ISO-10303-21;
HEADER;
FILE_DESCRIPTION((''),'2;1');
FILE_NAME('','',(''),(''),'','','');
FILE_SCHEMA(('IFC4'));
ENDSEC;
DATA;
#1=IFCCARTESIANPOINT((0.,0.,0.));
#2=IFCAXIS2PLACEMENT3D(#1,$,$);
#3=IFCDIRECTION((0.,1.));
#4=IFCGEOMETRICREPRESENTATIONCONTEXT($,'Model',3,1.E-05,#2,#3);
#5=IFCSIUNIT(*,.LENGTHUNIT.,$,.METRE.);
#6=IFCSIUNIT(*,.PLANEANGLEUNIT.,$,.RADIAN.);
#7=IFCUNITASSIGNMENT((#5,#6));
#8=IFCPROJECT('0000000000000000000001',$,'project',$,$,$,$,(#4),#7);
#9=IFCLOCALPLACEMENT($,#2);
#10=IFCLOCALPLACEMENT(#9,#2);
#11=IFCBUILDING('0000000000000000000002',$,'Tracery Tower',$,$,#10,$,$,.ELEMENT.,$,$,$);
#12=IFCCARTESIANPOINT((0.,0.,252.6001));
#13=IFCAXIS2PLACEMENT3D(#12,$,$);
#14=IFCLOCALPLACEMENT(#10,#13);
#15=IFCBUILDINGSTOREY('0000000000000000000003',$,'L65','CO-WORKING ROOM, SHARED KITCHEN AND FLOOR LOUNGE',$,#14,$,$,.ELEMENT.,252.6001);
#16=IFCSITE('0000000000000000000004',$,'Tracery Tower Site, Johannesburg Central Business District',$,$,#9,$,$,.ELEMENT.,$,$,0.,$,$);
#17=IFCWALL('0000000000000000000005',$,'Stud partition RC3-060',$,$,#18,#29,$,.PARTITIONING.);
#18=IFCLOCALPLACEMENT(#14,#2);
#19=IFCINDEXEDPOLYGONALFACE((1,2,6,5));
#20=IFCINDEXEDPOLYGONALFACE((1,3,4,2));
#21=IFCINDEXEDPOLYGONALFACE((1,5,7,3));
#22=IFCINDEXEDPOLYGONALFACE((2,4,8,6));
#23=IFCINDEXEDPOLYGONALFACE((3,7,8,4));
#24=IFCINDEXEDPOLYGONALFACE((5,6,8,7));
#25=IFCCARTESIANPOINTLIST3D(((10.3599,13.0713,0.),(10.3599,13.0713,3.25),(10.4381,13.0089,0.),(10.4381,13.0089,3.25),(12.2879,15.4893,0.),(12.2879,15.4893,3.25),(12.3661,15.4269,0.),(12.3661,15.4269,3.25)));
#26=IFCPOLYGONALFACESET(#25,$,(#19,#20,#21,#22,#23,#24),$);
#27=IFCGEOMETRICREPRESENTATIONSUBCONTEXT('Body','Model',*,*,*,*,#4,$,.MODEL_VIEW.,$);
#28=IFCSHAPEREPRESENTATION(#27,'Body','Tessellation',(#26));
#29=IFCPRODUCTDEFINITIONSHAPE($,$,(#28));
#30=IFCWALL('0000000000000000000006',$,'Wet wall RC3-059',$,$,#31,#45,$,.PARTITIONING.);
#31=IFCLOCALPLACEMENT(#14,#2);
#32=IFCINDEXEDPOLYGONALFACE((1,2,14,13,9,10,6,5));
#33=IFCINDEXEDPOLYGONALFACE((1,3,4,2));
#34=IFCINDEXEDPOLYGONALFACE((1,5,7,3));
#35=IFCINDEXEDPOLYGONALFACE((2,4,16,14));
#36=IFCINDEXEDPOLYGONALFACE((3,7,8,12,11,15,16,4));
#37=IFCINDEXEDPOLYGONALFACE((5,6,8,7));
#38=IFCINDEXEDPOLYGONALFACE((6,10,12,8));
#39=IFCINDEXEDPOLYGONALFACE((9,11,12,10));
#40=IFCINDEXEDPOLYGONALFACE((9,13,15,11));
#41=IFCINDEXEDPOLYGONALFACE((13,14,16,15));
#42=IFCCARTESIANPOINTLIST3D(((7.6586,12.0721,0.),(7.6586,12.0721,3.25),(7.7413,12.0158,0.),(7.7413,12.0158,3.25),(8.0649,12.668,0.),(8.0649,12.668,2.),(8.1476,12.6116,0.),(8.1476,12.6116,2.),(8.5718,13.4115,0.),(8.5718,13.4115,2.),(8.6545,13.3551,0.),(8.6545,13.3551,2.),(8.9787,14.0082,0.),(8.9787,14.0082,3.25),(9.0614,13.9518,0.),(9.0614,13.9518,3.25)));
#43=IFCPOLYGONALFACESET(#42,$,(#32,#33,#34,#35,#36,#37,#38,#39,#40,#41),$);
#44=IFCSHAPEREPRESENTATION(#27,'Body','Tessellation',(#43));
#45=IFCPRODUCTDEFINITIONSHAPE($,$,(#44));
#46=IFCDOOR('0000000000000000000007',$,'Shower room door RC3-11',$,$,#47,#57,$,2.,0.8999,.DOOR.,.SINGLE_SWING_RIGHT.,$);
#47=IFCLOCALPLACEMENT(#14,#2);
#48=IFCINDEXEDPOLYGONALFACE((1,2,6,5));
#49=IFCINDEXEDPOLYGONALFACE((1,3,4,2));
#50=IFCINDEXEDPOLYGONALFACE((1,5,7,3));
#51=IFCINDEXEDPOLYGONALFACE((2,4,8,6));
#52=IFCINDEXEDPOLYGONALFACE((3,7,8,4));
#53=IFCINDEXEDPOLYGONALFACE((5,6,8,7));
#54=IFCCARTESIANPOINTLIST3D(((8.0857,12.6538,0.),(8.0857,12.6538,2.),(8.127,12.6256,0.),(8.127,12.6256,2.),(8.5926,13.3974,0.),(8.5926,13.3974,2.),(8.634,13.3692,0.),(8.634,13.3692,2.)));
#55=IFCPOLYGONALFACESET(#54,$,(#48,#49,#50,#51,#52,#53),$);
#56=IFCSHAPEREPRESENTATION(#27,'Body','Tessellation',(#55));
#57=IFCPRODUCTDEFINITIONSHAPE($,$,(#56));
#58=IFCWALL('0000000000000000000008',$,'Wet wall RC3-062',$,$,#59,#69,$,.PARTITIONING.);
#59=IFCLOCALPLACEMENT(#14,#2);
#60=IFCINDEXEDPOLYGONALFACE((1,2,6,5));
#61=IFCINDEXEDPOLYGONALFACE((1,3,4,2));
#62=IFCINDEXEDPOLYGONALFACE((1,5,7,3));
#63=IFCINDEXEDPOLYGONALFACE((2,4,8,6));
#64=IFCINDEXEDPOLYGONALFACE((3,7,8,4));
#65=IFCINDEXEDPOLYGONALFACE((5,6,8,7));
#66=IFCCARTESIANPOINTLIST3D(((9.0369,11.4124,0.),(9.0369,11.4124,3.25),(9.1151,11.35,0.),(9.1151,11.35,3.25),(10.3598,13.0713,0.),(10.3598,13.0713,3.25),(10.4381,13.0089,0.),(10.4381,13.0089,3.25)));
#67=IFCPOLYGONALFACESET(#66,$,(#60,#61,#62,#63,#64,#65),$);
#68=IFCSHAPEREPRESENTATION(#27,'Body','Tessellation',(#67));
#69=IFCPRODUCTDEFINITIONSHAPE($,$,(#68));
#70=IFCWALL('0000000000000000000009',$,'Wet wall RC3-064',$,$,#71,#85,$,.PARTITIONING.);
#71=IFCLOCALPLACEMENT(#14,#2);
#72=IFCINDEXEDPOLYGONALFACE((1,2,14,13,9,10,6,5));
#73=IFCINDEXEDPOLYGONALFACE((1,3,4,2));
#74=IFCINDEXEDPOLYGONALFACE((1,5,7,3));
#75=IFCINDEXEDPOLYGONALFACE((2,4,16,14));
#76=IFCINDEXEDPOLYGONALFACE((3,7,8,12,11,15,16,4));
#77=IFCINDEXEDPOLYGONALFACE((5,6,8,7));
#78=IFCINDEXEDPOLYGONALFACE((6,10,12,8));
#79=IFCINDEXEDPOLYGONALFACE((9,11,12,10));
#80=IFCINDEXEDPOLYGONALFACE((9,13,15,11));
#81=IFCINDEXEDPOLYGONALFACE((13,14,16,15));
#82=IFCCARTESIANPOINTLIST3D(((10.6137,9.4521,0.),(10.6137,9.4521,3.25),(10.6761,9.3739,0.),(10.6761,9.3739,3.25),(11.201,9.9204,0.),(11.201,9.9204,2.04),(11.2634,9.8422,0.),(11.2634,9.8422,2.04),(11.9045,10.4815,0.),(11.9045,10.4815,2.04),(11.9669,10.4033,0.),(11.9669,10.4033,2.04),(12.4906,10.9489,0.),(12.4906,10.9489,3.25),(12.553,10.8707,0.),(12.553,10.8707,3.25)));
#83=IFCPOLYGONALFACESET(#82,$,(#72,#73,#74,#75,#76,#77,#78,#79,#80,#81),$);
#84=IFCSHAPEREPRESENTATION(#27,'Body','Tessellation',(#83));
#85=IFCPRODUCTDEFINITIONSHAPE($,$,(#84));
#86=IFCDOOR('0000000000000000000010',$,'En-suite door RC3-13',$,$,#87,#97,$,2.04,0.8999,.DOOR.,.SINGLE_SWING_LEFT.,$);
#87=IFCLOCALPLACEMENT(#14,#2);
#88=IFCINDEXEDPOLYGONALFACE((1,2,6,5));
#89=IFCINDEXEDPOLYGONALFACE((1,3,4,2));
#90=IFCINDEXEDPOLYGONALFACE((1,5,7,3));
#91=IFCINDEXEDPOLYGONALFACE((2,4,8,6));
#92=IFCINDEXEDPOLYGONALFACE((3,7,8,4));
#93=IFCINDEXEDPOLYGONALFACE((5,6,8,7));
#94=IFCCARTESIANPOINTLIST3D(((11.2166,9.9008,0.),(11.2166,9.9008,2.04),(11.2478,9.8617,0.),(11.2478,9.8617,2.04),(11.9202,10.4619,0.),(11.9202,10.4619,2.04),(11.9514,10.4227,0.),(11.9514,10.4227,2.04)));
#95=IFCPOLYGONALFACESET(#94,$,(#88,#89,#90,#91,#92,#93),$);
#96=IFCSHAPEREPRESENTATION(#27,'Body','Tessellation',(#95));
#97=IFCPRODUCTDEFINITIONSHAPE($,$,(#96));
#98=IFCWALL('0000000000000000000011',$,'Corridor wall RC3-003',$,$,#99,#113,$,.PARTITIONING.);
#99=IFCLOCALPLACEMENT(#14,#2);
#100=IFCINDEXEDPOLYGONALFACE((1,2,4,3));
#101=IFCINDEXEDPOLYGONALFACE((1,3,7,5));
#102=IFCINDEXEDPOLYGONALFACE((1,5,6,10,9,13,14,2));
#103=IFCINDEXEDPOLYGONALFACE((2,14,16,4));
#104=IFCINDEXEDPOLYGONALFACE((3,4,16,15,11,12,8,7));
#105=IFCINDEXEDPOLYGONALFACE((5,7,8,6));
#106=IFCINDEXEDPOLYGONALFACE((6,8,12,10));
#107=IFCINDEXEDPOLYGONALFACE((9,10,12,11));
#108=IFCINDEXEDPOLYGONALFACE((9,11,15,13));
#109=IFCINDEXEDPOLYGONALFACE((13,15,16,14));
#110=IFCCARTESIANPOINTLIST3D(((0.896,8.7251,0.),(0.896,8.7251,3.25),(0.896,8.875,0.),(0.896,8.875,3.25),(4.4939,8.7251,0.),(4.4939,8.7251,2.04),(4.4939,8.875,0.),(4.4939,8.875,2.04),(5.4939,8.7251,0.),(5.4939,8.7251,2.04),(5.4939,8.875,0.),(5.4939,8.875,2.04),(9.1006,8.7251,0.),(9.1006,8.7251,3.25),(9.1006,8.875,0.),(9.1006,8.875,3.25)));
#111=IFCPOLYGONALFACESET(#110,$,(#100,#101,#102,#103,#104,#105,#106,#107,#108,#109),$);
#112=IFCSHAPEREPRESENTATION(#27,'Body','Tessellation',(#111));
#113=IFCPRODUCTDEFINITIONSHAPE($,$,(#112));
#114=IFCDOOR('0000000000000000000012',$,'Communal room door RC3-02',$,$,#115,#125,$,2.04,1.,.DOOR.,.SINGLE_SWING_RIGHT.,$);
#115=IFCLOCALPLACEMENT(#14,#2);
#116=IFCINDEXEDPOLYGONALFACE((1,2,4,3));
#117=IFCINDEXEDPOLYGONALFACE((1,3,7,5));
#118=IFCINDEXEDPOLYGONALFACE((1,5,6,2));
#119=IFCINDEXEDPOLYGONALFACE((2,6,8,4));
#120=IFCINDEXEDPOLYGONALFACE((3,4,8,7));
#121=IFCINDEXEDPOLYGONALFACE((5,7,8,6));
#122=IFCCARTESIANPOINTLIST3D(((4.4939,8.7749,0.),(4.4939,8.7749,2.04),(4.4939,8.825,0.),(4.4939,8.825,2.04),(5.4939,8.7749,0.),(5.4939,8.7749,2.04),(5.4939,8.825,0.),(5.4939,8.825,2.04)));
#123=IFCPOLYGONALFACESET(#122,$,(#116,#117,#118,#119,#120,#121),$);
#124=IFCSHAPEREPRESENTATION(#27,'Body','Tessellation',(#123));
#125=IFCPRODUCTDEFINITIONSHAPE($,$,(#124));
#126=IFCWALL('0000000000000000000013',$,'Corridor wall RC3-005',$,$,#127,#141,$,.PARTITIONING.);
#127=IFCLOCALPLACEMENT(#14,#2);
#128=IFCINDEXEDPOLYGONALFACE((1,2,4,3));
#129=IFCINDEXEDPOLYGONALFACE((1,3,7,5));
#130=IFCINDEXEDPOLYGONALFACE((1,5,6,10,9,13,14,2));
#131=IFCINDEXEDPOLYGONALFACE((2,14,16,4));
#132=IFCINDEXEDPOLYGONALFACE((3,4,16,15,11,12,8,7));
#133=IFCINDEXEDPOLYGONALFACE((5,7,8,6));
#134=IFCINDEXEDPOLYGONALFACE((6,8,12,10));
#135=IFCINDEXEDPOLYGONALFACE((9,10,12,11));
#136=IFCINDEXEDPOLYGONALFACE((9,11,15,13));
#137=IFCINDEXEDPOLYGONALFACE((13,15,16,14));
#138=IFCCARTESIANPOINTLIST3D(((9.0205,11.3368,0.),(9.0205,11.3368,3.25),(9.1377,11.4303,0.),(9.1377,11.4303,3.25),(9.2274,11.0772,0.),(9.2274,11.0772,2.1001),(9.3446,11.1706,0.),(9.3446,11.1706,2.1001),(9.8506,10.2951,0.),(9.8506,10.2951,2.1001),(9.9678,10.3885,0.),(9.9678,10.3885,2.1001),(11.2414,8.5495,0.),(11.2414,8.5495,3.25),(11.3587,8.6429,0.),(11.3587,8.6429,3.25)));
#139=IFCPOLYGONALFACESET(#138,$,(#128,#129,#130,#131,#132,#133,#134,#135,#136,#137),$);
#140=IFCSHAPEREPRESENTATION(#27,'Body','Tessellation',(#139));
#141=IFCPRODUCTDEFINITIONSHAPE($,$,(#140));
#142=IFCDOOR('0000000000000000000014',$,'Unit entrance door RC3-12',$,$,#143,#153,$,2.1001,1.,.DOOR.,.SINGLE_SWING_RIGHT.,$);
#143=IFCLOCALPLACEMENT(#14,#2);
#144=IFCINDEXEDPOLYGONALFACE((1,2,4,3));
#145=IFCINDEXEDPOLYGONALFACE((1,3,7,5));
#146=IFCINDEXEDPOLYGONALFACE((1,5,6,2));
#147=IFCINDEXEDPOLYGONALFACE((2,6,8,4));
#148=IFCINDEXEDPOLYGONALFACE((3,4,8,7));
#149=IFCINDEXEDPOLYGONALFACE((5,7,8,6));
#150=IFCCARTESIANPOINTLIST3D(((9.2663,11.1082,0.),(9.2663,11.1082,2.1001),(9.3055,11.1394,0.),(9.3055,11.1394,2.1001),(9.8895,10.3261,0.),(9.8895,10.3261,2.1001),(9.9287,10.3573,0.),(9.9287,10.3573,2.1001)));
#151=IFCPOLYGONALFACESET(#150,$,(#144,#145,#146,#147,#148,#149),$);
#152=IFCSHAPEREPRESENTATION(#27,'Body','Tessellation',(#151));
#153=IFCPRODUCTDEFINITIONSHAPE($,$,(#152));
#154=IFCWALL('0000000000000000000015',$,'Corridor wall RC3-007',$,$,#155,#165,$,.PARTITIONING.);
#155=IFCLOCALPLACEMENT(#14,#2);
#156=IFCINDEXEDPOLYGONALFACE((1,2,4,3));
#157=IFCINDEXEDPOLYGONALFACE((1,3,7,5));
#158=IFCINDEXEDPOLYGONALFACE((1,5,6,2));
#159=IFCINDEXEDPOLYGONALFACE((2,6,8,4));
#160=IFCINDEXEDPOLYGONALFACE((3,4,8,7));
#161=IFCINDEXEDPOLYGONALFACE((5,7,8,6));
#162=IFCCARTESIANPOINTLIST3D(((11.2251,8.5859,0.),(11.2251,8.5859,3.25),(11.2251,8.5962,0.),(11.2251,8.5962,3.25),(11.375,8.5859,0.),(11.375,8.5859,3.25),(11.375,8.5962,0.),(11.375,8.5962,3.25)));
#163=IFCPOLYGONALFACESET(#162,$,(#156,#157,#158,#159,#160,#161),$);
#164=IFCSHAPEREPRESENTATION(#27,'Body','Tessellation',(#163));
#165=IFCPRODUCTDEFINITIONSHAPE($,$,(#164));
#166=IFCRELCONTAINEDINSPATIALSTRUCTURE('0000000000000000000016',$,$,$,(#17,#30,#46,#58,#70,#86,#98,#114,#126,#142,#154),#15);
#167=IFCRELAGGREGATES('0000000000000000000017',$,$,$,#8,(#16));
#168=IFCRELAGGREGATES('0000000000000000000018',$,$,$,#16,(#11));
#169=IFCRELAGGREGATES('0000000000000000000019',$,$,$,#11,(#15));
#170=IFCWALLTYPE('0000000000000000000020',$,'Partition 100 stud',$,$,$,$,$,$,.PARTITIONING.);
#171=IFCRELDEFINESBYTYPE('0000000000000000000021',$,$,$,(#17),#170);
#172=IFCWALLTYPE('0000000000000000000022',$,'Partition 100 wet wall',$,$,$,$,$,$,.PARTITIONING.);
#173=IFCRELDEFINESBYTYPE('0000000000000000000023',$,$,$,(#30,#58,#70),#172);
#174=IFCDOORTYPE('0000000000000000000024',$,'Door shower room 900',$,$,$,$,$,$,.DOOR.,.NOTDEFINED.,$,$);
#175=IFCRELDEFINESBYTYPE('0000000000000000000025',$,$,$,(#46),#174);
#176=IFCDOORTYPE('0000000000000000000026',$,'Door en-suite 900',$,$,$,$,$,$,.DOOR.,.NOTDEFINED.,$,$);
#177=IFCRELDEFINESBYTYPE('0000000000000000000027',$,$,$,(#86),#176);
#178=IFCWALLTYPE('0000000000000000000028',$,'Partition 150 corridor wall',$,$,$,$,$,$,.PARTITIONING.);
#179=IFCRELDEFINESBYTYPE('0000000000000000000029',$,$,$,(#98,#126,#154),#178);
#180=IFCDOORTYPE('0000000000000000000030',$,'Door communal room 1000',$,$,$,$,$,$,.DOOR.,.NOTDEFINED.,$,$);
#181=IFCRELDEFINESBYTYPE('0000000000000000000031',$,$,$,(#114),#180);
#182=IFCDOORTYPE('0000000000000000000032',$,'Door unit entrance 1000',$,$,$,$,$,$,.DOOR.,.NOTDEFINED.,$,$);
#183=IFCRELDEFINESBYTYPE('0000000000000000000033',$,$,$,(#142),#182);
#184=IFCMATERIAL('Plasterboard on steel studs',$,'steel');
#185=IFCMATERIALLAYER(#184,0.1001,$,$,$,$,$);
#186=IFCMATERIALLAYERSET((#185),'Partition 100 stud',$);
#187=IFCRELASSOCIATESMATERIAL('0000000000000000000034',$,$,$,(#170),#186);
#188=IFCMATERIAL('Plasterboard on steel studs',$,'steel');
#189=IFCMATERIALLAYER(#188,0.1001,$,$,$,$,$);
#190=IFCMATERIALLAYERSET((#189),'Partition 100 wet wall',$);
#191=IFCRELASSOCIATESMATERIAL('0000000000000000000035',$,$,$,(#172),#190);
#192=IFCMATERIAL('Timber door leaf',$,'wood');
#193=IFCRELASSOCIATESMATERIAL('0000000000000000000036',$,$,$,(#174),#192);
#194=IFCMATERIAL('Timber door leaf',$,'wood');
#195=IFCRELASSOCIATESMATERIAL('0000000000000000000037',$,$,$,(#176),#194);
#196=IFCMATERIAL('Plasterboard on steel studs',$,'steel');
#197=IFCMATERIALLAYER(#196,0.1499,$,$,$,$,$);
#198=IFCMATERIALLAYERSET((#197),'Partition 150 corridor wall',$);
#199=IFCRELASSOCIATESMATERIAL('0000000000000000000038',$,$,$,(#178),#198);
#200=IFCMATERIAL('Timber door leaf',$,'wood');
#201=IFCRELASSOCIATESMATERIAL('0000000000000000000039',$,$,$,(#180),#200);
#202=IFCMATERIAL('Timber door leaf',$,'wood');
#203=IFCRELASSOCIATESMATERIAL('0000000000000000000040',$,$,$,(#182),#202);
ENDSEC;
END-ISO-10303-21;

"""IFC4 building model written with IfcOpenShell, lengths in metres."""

from ifc_helpers import new_model, si_unit, direction, frame, frame_2d, origin, place, context, subcontext, project, spatial, rectangle, extrude, material, layer, layer_set, type_object, element, fill, save


model = new_model("IFC4")

# Units and contexts
model_context = context("Model", 3, precision=1e-05, world=origin(), true_north=direction((0.0, 1.0)))
body_context = subcontext(model_context, "Body", "Model", "MODEL_VIEW")
ifc_project = project(units=[si_unit("LENGTHUNIT", "METRE"), si_unit("PLANEANGLEUNIT", "RADIAN")], contexts=[model_context])

# Site, building, storey
site_placement = place(None, origin())
site = spatial("IfcSite", under=ifc_project, at=site_placement, Name="Tracery Tower Site, Johannesburg Central Business District", CompositionType="ELEMENT", RefElevation=0.0)
building_placement = place(site_placement, origin())
building = spatial("IfcBuilding", under=site, at=building_placement, Name="Tracery Tower", CompositionType="ELEMENT")
storey_placement = place(building_placement, frame((0.0, 0.0, 252.6001)))
storey = spatial("IfcBuildingStorey", under=building, at=storey_placement, Name="L65", Description="CO-WORKING ROOM, SHARED KITCHEN AND FLOOR LOUNGE", CompositionType="ELEMENT", Elevation=252.6001)

# Wall
ifc_material_1 = material(Name="Plasterboard on steel studs", Category="steel")
ifc_layer_1 = layer(ifc_material_1, 0.1001)
ifc_layer_set_1 = layer_set([ifc_layer_1], Name="Partition 100 stud")
wall_type_1 = type_object("IfcWallType", Name="Partition 100 stud", PredefinedType="PARTITIONING", material=ifc_layer_set_1)
wall_1_placement = place(storey_placement, frame((10.3989, 13.04, 0.0), z_axis=(0.0, 0.0, 1.0), x_axis=(0.623433, 0.781877, 0.0)))
element("IfcWall", 1, at=wall_1_placement, inside=storey, type_object=wall_type_1, Name="Stud partition RC3-060", PredefinedType="PARTITIONING", context=body_context, shape_type="SweptSolid", body=[
    extrude(rectangle(XDim=3.0925, YDim=0.1001, at=frame_2d((1.5464, 0.0))), origin(), (0.0, 0.0, 1.0), 3.25),
])

# Wall, opening, door
ifc_material_2 = material(Name="Plasterboard on steel studs", Category="steel")
ifc_layer_2 = layer(ifc_material_2, 0.1001)
ifc_layer_set_2 = layer_set([ifc_layer_2], Name="Partition 100 wet wall")
wall_type_2 = type_object("IfcWallType", Name="Partition 100 wet wall", PredefinedType="PARTITIONING", material=ifc_layer_set_2)
wall_2_placement = place(storey_placement, frame((7.7, 12.0439, 0.0), z_axis=(0.0, 0.0, 1.0), x_axis=(0.56335, 0.826219, 0.0)))
wall_2 = element("IfcWall", 2, at=wall_2_placement, inside=storey, type_object=wall_type_2, Name="Wet wall RC3-059", PredefinedType="PARTITIONING", context=body_context, shape_type="SweptSolid", body=[
    extrude(rectangle(XDim=2.3433, YDim=0.1001, at=frame_2d((1.1716, 0.0))), origin(), (0.0, 0.0, 1.0), 3.25),
])
opening_1_placement = place(wall_2_placement, frame((0.7212, 0.0, 0.0)))
opening_1 = element("IfcOpeningElement", 3, at=opening_1_placement, cuts=wall_2, PredefinedType="OPENING", context=body_context, shape_type="SweptSolid", body=[
    extrude(rectangle(XDim=0.8999, YDim=2.0, at=frame_2d((0.45, 1.0))), frame((0.0, 0.05, 0.0), z_axis=(0.0, -1.0, 0.0), x_axis=(1.0, 0.0, 0.0)), (0.0, 0.0, 1.0), 0.1001),
])
ifc_material_3 = material(Name="Timber door leaf", Category="wood")
door_type_1 = type_object("IfcDoorType", Name="Door shower room 900", OperationType="NOTDEFINED", PredefinedType="DOOR", material=ifc_material_3)
door_1_placement = place(opening_1_placement, origin())
door_1 = element("IfcDoor", 4, at=door_1_placement, inside=storey, type_object=door_type_1, Name="Shower room door RC3-11", OperationType="SINGLE_SWING_RIGHT", OverallHeight=2.0, OverallWidth=0.8999, PredefinedType="DOOR", context=body_context, shape_type="SweptSolid", body=[
    extrude(rectangle(XDim=0.8999, YDim=2.0, at=frame_2d((0.45, 1.0))), frame((0.0, 0.0249, 0.0), z_axis=(0.0, -1.0, 0.0), x_axis=(1.0, 0.0, 0.0)), (0.0, 0.0, 1.0), 0.05),
])
fill(opening_1, door_1)

# Wall
wall_3_placement = place(storey_placement, frame((9.0759, 11.3811, 0.0), z_axis=(0.0, 0.0, 1.0), x_axis=(0.623502, 0.781822, 0.0)))
element("IfcWall", 5, at=wall_3_placement, inside=storey, type_object=wall_type_2, Name="Wet wall RC3-062", PredefinedType="PARTITIONING", context=body_context, shape_type="SweptSolid", body=[
    extrude(rectangle(XDim=2.1218, YDim=0.1001, at=frame_2d((1.061, 0.0))), origin(), (0.0, 0.0, 1.0), 3.25),
])

# Walls, openings, doors
wall_4_placement = place(storey_placement, frame((10.645, 9.4131, 0.0), z_axis=(0.0, 0.0, 1.0), x_axis=(0.78183, 0.623491, 0.0)))
wall_4 = element("IfcWall", 6, at=wall_4_placement, inside=storey, type_object=wall_type_2, Name="Wet wall RC3-064", PredefinedType="PARTITIONING", context=body_context, shape_type="SweptSolid", body=[
    extrude(rectangle(XDim=2.4006, YDim=0.1001, at=frame_2d((1.2002, 0.0))), origin(), (0.0, 0.0, 1.0), 3.25),
])
opening_2_placement = place(wall_4_placement, frame((0.751, 0.0, 0.0)))
opening_2 = element("IfcOpeningElement", 7, at=opening_2_placement, cuts=wall_4, PredefinedType="OPENING", context=body_context, shape_type="SweptSolid", body=[
    extrude(rectangle(XDim=0.8999, YDim=2.04, at=frame_2d((0.45, 1.02))), frame((0.0, 0.05, 0.0), z_axis=(0.0, -1.0, 0.0), x_axis=(1.0, 0.0, 0.0)), (0.0, 0.0, 1.0), 0.1001),
])
ifc_material_4 = material(Name="Timber door leaf", Category="wood")
door_type_2 = type_object("IfcDoorType", Name="Door en-suite 900", OperationType="NOTDEFINED", PredefinedType="DOOR", material=ifc_material_4)
door_2_placement = place(opening_2_placement, origin())
door_2 = element("IfcDoor", 8, at=door_2_placement, inside=storey, type_object=door_type_2, Name="En-suite door RC3-13", OperationType="SINGLE_SWING_LEFT", OverallHeight=2.04, OverallWidth=0.8999, PredefinedType="DOOR", context=body_context, shape_type="SweptSolid", body=[
    extrude(rectangle(XDim=0.8999, YDim=2.04, at=frame_2d((0.45, 1.02))), frame((0.0, 0.0249, 0.0), z_axis=(0.0, -1.0, 0.0), x_axis=(1.0, 0.0, 0.0)), (0.0, 0.0, 1.0), 0.05),
])
fill(opening_2, door_2)
ifc_material_5 = material(Name="Plasterboard on steel studs", Category="steel")
ifc_layer_3 = layer(ifc_material_5, 0.1499)
ifc_layer_set_3 = layer_set([ifc_layer_3], Name="Partition 150 corridor wall")
wall_type_3 = type_object("IfcWallType", Name="Partition 150 corridor wall", PredefinedType="PARTITIONING", material=ifc_layer_set_3)
wall_5_placement = place(storey_placement, frame((0.896, 8.8, 0.0), z_axis=(0.0, 0.0, 1.0), x_axis=(1.0, 0.0, 0.0)))
wall_5 = element("IfcWall", 9, at=wall_5_placement, inside=storey, type_object=wall_type_3, Name="Corridor wall RC3-003", PredefinedType="PARTITIONING", context=body_context, shape_type="SweptSolid", body=[
    extrude(rectangle(XDim=8.2046, YDim=0.1499, at=frame_2d((4.1023, 0.0))), origin(), (0.0, 0.0, 1.0), 3.25),
])
opening_3_placement = place(wall_5_placement, frame((3.5979, 0.0, 0.0)))
opening_3 = element("IfcOpeningElement", 10, at=opening_3_placement, cuts=wall_5, PredefinedType="OPENING", context=body_context, shape_type="SweptSolid", body=[
    extrude(rectangle(XDim=1.0, YDim=2.04, at=frame_2d((0.5, 1.02))), frame((0.0, 0.075, 0.0), z_axis=(0.0, -1.0, 0.0), x_axis=(1.0, 0.0, 0.0)), (0.0, 0.0, 1.0), 0.1499),
])
ifc_material_6 = material(Name="Timber door leaf", Category="wood")
door_type_3 = type_object("IfcDoorType", Name="Door communal room 1000", OperationType="NOTDEFINED", PredefinedType="DOOR", material=ifc_material_6)
door_3_placement = place(opening_3_placement, origin())
door_3 = element("IfcDoor", 11, at=door_3_placement, inside=storey, type_object=door_type_3, Name="Communal room door RC3-02", OperationType="SINGLE_SWING_RIGHT", OverallHeight=2.04, OverallWidth=1.0, PredefinedType="DOOR", context=body_context, shape_type="SweptSolid", body=[
    extrude(rectangle(XDim=1.0, YDim=2.04, at=frame_2d((0.5, 1.02))), frame((0.0, 0.0249, 0.0), z_axis=(0.0, -1.0, 0.0), x_axis=(1.0, 0.0, 0.0)), (0.0, 0.0, 1.0), 0.05),
])
fill(opening_3, door_3)
wall_6_placement = place(storey_placement, frame((9.0791, 11.3835, 0.0), z_axis=(0.0, 0.0, 1.0), x_axis=(0.623165, -0.78209, 0.0)))
wall_6 = element("IfcWall", 12, at=wall_6_placement, inside=storey, type_object=wall_type_3, Name="Corridor wall RC3-005", PredefinedType="PARTITIONING", context=body_context, shape_type="SweptSolid", body=[
    extrude(rectangle(XDim=3.564, YDim=0.1499, at=frame_2d((1.782, 0.0))), origin(), (0.0, 0.0, 1.0), 3.25),
])
opening_4_placement = place(wall_6_placement, frame((0.332, 0.0, 0.0)))
opening_4 = element("IfcOpeningElement", 13, at=opening_4_placement, cuts=wall_6, PredefinedType="OPENING", context=body_context, shape_type="SweptSolid", body=[
    extrude(rectangle(XDim=1.0, YDim=2.1001, at=frame_2d((0.5, 1.05))), frame((0.0, 0.075, 0.0), z_axis=(0.0, -1.0, 0.0), x_axis=(1.0, 0.0, 0.0)), (0.0, 0.0, 1.0), 0.1499),
])
ifc_material_7 = material(Name="Timber door leaf", Category="wood")
door_type_4 = type_object("IfcDoorType", Name="Door unit entrance 1000", OperationType="NOTDEFINED", PredefinedType="DOOR", material=ifc_material_7)
door_4_placement = place(opening_4_placement, origin())
door_4 = element("IfcDoor", 14, at=door_4_placement, inside=storey, type_object=door_type_4, Name="Unit entrance door RC3-12", OperationType="SINGLE_SWING_RIGHT", OverallHeight=2.1001, OverallWidth=1.0, PredefinedType="DOOR", context=body_context, shape_type="SweptSolid", body=[
    extrude(rectangle(XDim=1.0, YDim=2.1001, at=frame_2d((0.5, 1.05))), frame((0.0, 0.0249, 0.0), z_axis=(0.0, -1.0, 0.0), x_axis=(1.0, 0.0, 0.0)), (0.0, 0.0, 1.0), 0.05),
])
fill(opening_4, door_4)

# Wall
wall_7_placement = place(storey_placement, frame((11.3, 8.5859, 0.0), z_axis=(0.0, 0.0, 1.0), x_axis=(0.0, 1.0, 0.0)))
element("IfcWall", 15, at=wall_7_placement, inside=storey, type_object=wall_type_3, Name="Corridor wall RC3-007", PredefinedType="PARTITIONING", context=body_context, shape_type="SweptSolid", body=[
    extrude(rectangle(XDim=0.0103, YDim=0.1499, at=frame_2d((0.0051, 0.0))), origin(), (0.0, 0.0, 1.0), 3.25),
])

save(model, "model.ifc")
